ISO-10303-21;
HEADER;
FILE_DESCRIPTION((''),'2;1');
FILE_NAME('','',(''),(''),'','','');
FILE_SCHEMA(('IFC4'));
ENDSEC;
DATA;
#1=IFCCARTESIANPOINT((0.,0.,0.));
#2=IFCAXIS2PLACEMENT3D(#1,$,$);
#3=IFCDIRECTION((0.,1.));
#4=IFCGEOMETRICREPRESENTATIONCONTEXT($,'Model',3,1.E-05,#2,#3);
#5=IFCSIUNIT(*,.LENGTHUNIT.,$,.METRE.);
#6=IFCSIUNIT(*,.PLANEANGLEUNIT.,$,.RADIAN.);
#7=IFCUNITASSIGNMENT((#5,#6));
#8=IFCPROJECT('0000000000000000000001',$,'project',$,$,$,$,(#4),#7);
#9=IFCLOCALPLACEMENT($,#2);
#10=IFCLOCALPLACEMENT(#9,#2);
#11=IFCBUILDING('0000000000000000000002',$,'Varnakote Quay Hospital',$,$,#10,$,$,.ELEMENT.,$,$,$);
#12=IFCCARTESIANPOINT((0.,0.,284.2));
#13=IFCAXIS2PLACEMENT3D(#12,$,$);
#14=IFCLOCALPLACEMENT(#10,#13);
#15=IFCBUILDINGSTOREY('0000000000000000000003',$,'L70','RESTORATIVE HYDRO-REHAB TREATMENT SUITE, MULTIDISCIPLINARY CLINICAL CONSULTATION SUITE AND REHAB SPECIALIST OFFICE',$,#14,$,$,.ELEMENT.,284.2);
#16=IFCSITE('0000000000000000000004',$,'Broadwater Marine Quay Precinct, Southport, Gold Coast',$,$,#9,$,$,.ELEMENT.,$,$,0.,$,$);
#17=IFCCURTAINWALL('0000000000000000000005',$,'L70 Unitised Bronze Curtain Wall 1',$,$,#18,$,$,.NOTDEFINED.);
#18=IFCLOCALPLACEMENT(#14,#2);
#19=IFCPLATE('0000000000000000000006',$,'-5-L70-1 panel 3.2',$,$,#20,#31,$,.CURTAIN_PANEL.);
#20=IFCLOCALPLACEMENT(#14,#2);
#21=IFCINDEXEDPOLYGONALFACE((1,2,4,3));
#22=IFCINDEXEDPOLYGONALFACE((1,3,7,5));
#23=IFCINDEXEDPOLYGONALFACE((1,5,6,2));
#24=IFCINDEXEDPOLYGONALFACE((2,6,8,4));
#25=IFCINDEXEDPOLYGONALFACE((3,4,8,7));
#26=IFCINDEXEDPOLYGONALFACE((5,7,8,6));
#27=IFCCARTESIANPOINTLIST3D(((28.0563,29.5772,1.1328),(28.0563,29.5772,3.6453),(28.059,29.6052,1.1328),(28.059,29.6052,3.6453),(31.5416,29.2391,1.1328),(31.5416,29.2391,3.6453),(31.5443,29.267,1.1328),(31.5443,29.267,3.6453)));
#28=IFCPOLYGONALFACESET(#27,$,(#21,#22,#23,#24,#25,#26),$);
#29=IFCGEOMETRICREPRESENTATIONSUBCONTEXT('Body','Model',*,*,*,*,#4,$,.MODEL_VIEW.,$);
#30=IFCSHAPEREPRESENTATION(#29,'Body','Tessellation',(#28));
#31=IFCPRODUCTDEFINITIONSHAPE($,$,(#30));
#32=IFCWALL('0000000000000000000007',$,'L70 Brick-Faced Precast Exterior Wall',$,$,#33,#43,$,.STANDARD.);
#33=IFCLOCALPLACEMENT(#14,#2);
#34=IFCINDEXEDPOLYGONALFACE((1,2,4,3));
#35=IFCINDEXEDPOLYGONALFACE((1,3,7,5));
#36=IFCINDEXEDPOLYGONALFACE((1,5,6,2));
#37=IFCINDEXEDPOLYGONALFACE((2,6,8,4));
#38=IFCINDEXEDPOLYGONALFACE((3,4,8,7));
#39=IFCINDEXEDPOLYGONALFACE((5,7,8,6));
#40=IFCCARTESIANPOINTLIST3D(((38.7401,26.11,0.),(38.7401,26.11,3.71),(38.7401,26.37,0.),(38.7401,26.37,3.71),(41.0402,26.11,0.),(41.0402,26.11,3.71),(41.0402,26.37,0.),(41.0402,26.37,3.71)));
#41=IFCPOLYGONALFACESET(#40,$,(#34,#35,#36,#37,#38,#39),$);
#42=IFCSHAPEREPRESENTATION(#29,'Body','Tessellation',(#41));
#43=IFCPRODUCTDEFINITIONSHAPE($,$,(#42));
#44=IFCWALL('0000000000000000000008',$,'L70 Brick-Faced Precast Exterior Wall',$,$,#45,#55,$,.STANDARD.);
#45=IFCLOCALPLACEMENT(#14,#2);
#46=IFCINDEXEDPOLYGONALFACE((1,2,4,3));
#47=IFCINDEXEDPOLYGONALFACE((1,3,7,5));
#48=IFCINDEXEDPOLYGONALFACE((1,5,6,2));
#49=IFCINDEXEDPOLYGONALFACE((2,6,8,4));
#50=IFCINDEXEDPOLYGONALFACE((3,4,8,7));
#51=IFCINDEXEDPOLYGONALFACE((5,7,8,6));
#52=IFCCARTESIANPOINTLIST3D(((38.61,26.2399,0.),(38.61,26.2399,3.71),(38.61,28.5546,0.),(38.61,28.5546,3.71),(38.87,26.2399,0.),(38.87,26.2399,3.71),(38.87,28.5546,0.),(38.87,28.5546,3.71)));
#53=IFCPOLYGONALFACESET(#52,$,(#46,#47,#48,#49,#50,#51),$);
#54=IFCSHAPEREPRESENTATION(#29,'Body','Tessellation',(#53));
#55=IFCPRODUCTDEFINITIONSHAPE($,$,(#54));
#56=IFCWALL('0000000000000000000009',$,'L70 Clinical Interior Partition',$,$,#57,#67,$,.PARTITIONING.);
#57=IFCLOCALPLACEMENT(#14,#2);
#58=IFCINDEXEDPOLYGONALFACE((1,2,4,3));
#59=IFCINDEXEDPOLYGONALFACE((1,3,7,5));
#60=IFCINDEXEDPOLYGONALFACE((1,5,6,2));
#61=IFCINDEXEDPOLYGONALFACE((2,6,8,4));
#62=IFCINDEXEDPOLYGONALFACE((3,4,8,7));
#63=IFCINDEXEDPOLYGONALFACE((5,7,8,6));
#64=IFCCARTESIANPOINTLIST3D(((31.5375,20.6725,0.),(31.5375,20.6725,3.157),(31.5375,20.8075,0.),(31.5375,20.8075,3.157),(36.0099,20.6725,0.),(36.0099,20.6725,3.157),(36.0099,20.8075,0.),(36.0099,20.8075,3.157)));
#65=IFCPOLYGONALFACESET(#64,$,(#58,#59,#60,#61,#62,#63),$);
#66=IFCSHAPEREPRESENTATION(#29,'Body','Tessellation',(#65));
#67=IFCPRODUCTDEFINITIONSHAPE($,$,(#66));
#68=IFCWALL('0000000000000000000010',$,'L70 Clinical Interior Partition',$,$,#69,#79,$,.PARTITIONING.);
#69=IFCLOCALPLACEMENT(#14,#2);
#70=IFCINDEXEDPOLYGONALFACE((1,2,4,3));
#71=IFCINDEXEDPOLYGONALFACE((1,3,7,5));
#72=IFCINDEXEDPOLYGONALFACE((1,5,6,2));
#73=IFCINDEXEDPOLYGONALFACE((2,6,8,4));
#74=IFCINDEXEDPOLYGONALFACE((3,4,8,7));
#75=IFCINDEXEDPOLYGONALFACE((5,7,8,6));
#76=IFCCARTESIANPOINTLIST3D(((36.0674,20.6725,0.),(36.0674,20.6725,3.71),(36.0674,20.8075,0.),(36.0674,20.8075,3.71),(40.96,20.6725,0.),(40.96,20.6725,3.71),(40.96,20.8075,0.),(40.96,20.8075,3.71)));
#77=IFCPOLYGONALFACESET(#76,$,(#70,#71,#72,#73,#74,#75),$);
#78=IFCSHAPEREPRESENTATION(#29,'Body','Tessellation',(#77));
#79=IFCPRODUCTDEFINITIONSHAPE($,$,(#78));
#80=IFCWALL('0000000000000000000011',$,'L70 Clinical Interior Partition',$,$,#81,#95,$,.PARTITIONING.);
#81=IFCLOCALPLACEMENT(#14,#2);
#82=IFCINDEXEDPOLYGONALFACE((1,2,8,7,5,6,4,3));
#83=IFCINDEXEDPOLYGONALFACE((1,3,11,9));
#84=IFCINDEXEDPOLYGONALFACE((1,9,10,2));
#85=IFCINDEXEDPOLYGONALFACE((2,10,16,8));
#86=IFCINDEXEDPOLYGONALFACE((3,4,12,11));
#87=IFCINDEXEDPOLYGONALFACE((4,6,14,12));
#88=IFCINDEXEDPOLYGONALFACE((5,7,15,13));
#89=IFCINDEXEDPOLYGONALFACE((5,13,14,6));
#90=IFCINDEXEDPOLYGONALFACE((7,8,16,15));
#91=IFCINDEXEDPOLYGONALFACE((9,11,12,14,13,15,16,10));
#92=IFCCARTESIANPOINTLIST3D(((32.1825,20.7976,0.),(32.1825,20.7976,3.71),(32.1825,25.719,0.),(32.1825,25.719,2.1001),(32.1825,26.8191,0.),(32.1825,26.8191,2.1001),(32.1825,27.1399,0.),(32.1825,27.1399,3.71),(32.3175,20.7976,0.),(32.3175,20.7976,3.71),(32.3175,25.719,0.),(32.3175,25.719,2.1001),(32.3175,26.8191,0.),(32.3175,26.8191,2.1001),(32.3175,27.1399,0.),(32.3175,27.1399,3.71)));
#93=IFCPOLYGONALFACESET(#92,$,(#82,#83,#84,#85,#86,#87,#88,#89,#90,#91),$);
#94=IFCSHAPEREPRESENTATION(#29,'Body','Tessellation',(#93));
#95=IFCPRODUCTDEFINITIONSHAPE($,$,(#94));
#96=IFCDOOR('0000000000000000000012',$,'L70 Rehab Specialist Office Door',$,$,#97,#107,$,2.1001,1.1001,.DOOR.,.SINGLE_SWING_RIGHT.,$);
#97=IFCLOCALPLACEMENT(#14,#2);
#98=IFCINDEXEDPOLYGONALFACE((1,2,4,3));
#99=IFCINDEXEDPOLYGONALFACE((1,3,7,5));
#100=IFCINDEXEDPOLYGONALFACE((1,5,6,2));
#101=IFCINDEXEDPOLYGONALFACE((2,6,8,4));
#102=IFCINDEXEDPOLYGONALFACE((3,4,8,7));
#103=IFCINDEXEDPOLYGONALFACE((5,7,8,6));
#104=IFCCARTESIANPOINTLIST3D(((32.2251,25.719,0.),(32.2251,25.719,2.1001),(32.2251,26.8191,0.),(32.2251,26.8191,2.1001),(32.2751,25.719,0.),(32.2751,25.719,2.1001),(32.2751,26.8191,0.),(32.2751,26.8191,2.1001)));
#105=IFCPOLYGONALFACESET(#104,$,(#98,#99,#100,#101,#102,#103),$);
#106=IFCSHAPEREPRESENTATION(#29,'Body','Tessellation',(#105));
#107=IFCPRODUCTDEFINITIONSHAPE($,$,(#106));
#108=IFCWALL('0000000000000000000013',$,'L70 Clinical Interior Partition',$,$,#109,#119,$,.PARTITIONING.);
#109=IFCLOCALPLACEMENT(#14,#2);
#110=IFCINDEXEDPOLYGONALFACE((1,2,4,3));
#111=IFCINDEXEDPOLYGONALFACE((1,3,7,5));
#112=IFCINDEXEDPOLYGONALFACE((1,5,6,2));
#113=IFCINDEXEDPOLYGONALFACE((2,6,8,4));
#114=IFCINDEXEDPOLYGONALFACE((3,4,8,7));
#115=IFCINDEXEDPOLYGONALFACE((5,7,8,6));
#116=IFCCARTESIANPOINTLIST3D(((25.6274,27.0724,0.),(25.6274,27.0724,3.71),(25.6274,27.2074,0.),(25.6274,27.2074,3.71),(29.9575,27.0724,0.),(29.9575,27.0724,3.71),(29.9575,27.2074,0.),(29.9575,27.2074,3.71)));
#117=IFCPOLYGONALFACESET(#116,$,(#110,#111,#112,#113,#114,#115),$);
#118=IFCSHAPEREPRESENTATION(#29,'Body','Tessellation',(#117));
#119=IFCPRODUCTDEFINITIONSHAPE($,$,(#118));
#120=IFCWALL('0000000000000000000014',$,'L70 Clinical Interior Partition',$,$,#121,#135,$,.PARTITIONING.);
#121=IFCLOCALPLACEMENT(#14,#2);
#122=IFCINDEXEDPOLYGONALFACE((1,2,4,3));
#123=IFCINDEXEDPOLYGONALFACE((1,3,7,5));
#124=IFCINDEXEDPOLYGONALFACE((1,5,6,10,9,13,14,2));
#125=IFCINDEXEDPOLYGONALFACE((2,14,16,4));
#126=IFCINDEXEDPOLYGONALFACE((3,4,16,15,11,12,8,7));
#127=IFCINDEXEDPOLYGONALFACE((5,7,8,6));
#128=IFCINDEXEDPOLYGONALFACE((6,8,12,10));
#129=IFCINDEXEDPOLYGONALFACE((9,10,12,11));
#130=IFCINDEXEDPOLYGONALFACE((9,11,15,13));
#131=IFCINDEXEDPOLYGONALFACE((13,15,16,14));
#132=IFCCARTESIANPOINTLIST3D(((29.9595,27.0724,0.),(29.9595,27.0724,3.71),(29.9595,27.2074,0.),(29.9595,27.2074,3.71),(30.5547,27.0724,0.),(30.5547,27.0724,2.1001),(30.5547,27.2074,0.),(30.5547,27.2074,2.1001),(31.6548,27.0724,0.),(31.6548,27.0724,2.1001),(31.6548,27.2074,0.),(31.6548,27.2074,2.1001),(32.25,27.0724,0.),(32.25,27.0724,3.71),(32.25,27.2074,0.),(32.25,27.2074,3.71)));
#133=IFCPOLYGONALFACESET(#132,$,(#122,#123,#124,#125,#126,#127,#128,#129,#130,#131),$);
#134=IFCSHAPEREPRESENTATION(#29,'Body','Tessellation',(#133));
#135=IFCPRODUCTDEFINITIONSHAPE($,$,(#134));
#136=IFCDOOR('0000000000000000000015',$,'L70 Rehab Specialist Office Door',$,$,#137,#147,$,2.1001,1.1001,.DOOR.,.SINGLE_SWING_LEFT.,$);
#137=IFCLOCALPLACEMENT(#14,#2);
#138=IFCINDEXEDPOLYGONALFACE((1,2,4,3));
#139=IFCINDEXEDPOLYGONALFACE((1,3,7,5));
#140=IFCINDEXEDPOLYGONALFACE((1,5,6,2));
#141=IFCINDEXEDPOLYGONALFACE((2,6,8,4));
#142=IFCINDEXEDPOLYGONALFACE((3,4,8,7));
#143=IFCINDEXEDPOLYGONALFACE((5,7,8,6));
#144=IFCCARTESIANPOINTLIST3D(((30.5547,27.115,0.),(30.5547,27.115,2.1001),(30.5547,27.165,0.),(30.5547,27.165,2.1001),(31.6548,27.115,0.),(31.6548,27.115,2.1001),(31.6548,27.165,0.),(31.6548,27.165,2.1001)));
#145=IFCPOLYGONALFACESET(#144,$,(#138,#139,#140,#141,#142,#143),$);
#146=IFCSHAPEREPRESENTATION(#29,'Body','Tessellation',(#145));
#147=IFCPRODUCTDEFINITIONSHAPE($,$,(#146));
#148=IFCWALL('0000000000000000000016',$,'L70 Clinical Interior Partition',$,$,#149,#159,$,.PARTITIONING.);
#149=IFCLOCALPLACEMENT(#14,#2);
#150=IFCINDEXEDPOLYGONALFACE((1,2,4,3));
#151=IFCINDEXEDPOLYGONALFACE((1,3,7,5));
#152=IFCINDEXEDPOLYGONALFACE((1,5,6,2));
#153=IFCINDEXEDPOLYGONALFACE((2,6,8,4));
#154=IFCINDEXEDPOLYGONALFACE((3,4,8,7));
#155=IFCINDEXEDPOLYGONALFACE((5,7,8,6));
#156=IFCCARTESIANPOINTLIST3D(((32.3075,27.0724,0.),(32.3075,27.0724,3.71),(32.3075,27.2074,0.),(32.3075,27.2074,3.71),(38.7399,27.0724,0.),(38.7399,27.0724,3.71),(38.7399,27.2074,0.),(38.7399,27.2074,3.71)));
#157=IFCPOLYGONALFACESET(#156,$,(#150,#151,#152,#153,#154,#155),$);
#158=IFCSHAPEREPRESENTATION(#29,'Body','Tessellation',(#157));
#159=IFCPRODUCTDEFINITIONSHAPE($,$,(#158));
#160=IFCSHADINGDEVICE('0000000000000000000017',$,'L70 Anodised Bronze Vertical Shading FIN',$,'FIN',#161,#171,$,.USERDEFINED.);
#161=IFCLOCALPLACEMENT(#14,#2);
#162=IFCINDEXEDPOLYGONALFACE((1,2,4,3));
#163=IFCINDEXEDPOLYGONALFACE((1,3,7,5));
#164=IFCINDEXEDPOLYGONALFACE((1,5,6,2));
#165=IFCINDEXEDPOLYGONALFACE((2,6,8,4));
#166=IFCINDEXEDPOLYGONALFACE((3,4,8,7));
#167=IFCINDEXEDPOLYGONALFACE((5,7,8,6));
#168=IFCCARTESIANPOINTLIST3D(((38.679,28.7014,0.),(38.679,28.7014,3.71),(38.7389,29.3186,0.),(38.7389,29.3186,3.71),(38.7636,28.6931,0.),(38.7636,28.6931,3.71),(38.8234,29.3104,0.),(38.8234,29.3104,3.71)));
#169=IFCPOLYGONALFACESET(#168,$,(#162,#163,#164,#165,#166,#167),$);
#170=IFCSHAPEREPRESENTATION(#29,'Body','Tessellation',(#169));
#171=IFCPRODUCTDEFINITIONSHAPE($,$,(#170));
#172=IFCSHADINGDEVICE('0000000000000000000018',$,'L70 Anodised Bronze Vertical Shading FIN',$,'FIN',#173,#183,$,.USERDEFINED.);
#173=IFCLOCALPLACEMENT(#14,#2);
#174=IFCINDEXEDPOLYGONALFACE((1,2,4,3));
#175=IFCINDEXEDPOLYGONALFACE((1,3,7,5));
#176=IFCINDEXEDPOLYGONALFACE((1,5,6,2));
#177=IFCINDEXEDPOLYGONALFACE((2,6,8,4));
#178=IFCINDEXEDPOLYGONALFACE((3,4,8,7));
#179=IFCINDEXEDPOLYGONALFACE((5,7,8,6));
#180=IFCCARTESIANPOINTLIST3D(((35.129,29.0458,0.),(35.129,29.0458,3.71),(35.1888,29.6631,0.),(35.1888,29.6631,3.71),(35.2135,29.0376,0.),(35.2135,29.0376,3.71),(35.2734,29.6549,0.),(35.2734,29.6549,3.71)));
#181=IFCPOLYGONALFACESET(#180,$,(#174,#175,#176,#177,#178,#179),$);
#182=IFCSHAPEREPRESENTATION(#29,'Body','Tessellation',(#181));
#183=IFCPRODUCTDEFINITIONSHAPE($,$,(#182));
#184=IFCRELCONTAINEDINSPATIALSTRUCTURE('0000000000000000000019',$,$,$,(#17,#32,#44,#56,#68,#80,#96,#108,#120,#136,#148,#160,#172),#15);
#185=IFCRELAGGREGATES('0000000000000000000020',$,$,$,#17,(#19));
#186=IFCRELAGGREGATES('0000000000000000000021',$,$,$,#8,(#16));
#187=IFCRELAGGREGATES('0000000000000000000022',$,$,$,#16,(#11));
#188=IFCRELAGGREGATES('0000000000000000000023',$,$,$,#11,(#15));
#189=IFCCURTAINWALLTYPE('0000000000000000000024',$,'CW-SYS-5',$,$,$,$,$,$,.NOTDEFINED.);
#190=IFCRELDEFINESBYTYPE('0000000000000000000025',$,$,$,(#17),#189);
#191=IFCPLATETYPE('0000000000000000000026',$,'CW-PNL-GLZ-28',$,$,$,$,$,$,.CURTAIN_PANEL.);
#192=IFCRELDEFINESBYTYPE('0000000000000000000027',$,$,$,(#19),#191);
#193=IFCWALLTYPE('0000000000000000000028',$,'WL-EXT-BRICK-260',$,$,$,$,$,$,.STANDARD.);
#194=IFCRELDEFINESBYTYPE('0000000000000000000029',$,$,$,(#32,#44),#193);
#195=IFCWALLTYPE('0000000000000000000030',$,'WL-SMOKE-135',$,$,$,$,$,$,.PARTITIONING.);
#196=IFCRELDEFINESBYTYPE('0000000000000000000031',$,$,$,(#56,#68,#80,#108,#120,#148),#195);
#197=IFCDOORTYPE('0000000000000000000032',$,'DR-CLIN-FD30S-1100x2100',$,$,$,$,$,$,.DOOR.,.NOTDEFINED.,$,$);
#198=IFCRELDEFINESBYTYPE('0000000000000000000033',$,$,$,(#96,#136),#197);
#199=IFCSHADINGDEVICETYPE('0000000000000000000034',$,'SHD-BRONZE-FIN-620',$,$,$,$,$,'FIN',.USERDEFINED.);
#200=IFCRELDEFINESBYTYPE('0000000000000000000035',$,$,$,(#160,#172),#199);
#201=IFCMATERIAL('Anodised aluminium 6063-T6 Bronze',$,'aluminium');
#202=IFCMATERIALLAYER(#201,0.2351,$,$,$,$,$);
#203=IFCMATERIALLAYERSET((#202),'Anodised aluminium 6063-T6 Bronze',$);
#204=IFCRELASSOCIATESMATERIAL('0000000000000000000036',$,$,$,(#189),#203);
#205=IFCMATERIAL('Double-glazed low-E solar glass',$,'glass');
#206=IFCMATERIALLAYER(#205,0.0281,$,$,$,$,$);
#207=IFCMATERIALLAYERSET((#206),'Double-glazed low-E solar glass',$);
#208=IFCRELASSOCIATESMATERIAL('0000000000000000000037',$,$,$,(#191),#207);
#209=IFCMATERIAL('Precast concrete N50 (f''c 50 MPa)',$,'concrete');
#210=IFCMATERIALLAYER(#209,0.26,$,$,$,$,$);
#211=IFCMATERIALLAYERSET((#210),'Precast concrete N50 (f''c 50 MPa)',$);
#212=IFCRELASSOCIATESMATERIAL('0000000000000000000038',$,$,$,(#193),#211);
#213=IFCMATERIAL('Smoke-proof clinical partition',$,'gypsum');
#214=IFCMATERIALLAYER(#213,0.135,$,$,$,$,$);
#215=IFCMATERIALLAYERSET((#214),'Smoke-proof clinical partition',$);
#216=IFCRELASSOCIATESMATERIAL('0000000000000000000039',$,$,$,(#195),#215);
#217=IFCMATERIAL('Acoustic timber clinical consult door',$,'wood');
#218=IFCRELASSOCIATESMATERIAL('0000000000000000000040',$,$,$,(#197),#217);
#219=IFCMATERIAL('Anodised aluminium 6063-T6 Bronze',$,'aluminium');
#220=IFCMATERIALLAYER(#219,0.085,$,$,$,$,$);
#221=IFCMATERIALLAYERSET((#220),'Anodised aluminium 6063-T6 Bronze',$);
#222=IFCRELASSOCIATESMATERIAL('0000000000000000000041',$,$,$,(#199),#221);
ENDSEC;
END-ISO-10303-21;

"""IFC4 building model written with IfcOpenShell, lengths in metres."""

from ifc_helpers import new_model, si_unit, direction, frame, frame_2d, origin, origin_2d, place, context, subcontext, project, spatial, rectangle, extrude, material, layer, layer_set, type_object, element, fill, aggregate, save


model = new_model("IFC4")

# Units and contexts
model_context = context("Model", 3, precision=1e-05, world=origin(), true_north=direction((0.0, 1.0)))
body_context = subcontext(model_context, "Body", "Model", "MODEL_VIEW")
ifc_project = project(units=[si_unit("LENGTHUNIT", "METRE"), si_unit("PLANEANGLEUNIT", "RADIAN")], contexts=[model_context])

# Site, building, storey
site_placement = place(None, origin())
site = spatial("IfcSite", under=ifc_project, at=site_placement, Name="Broadwater Marine Quay Precinct, Southport, Gold Coast", CompositionType="ELEMENT", RefElevation=0.0)
building_placement = place(site_placement, origin())
building = spatial("IfcBuilding", under=site, at=building_placement, Name="Varnakote Quay Hospital", CompositionType="ELEMENT")
storey_placement = place(building_placement, frame((0.0, 0.0, 284.2)))
storey = spatial("IfcBuildingStorey", under=building, at=storey_placement, Name="L70", Description="RESTORATIVE HYDRO-REHAB TREATMENT SUITE, MULTIDISCIPLINARY CLINICAL CONSULTATION SUITE AND REHAB SPECIALIST OFFICE", CompositionType="ELEMENT", Elevation=284.2)

# Curtain wall, plate
ifc_material_1 = material(Name="Anodised aluminium 6063-T6 Bronze", Category="aluminium")
ifc_layer_1 = layer(ifc_material_1, 0.2351)
ifc_layer_set_1 = layer_set([ifc_layer_1], Name="Anodised aluminium 6063-T6 Bronze")
curtain_wall_type = type_object("IfcCurtainWallType", Name="CW-SYS-5", PredefinedType="NOTDEFINED", material=ifc_layer_set_1)
curtain_wall_placement = place(storey_placement, origin())
curtain_wall = element("IfcCurtainWall", 1, at=curtain_wall_placement, inside=storey, type_object=curtain_wall_type, Name="L70 Unitised Bronze Curtain Wall 1", PredefinedType="NOTDEFINED")
ifc_material_2 = material(Name="Double-glazed low-E solar glass", Category="glass")
ifc_layer_2 = layer(ifc_material_2, 0.0281)
ifc_layer_set_2 = layer_set([ifc_layer_2], Name="Double-glazed low-E solar glass")
plate_type = type_object("IfcPlateType", Name="CW-PNL-GLZ-28", PredefinedType="CURTAIN_PANEL", material=ifc_layer_set_2)
plate_1_placement = place(storey_placement, frame((29.8003, 29.4221, 1.1328), z_axis=(0.0, 0.0, 1.0), x_axis=(-0.995326, 0.096569, 0.0)))
plate_1 = element("IfcPlate", 2, at=plate_1_placement, type_object=plate_type, Name="-5-L70-1 panel 3.2", PredefinedType="CURTAIN_PANEL", context=body_context, shape_type="SweptSolid", body=[
    extrude(rectangle(XDim=3.5017, YDim=0.0281, at=origin_2d()), origin(), (0.0, 0.0, 1.0), 2.5125),
])
aggregate(curtain_wall, [plate_1])

# Walls
ifc_material_3 = material(Name="Precast concrete N50 (f'c 50 MPa)", Category="concrete")
ifc_layer_3 = layer(ifc_material_3, 0.26)
ifc_layer_set_3 = layer_set([ifc_layer_3], Name="Precast concrete N50 (f'c 50 MPa)")
wall_type_1 = type_object("IfcWallType", Name="WL-EXT-BRICK-260", PredefinedType="STANDARD", material=ifc_layer_set_3)
wall_1_placement = place(storey_placement, frame((41.04, 26.24, 0.0), z_axis=(0.0, 0.0, 1.0), x_axis=(-1.0, 0.0, 0.0)))
element("IfcWall", 3, at=wall_1_placement, inside=storey, type_object=wall_type_1, Name="L70 Brick-Faced Precast Exterior Wall", PredefinedType="STANDARD", context=body_context, shape_type="SweptSolid", body=[
    extrude(rectangle(XDim=2.3, YDim=0.26, at=frame_2d((1.1499, 0.0))), origin(), (0.0, 0.0, 1.0), 3.71),
])
wall_2_placement = place(storey_placement, frame((38.74, 26.24, 0.0), z_axis=(0.0, 0.0, 1.0), x_axis=(0.0, 1.0, 0.0)))
element("IfcWall", 4, at=wall_2_placement, inside=storey, type_object=wall_type_1, Name="L70 Brick-Faced Precast Exterior Wall", PredefinedType="STANDARD", context=body_context, shape_type="SweptSolid", body=[
    extrude(rectangle(XDim=2.3147, YDim=0.26, at=frame_2d((1.1572, 0.0))), origin(), (0.0, 0.0, 1.0), 3.71),
])
ifc_material_4 = material(Name="Smoke-proof clinical partition", Category="gypsum")
ifc_layer_4 = layer(ifc_material_4, 0.135)
ifc_layer_set_4 = layer_set([ifc_layer_4], Name="Smoke-proof clinical partition")
wall_type_2 = type_object("IfcWallType", Name="WL-SMOKE-135", PredefinedType="PARTITIONING", material=ifc_layer_set_4)
wall_3_placement = place(storey_placement, frame((36.01, 20.74, 0.0), z_axis=(0.0, 0.0, 1.0), x_axis=(-1.0, 0.0, 0.0)))
element("IfcWall", 5, at=wall_3_placement, inside=storey, type_object=wall_type_2, Name="L70 Clinical Interior Partition", PredefinedType="PARTITIONING", context=body_context, shape_type="SweptSolid", body=[
    extrude(rectangle(XDim=4.4724, YDim=0.135, at=frame_2d((2.2363, 0.0))), origin(), (0.0, 0.0, 1.0), 3.157),
])
wall_4_placement = place(storey_placement, frame((40.96, 20.74, 0.0), z_axis=(0.0, 0.0, 1.0), x_axis=(-1.0, 0.0, 0.0)))
element("IfcWall", 6, at=wall_4_placement, inside=storey, type_object=wall_type_2, Name="L70 Clinical Interior Partition", PredefinedType="PARTITIONING", context=body_context, shape_type="SweptSolid", body=[
    extrude(rectangle(XDim=4.8926, YDim=0.135, at=frame_2d((2.4463, 0.0))), origin(), (0.0, 0.0, 1.0), 3.71),
])

# Wall, opening, door
wall_5_placement = place(storey_placement, frame((32.25, 20.7976, 0.0), z_axis=(0.0, 0.0, 1.0), x_axis=(0.0, 1.0, 0.0)))
wall_5 = element("IfcWall", 7, at=wall_5_placement, inside=storey, type_object=wall_type_2, Name="L70 Clinical Interior Partition", PredefinedType="PARTITIONING", context=body_context, shape_type="SweptSolid", body=[
    extrude(rectangle(XDim=6.3423, YDim=0.135, at=frame_2d((3.1711, 0.0))), origin(), (0.0, 0.0, 1.0), 3.71),
])
opening_1_placement = place(wall_5_placement, frame((4.9214, 0.0, 0.0)))
opening_1 = element("IfcOpeningElement", 8, at=opening_1_placement, cuts=wall_5, PredefinedType="OPENING", context=body_context, shape_type="SweptSolid", body=[
    extrude(rectangle(XDim=1.1001, YDim=2.1001, at=frame_2d((0.55, 1.05))), frame((0.0, 0.0774, 0.0), z_axis=(0.0, -1.0, 0.0), x_axis=(1.0, 0.0, 0.0)), (0.0, 0.0, 1.0), 0.155),
])
ifc_material_5 = material(Name="Acoustic timber clinical consult door", Category="wood")
door_type = type_object("IfcDoorType", Name="DR-CLIN-FD30S-1100x2100", OperationType="NOTDEFINED", PredefinedType="DOOR", material=ifc_material_5)
door_1_placement = place(opening_1_placement, origin())
door_1 = element("IfcDoor", 9, at=door_1_placement, inside=storey, type_object=door_type, Name="L70 Rehab Specialist Office Door", OperationType="SINGLE_SWING_RIGHT", OverallHeight=2.1001, OverallWidth=1.1001, PredefinedType="DOOR", context=body_context, shape_type="SweptSolid", body=[
    extrude(rectangle(XDim=1.1001, YDim=2.1001, at=frame_2d((0.55, 1.05))), frame((0.0, 0.0249, 0.0), z_axis=(0.0, -1.0, 0.0), x_axis=(1.0, 0.0, 0.0)), (0.0, 0.0, 1.0), 0.05),
])
fill(opening_1, door_1)

# Wall
wall_6_placement = place(storey_placement, frame((29.9575, 27.1399, 0.0), z_axis=(0.0, 0.0, 1.0), x_axis=(-1.0, 0.0, 0.0)))
element("IfcWall", 10, at=wall_6_placement, inside=storey, type_object=wall_type_2, Name="L70 Clinical Interior Partition", PredefinedType="PARTITIONING", context=body_context, shape_type="SweptSolid", body=[
    extrude(rectangle(XDim=4.3301, YDim=0.135, at=frame_2d((2.165, 0.0))), origin(), (0.0, 0.0, 1.0), 3.71),
])

# Wall, opening, door
wall_7_placement = place(storey_placement, frame((32.25, 27.1399, 0.0), z_axis=(0.0, 0.0, 1.0), x_axis=(-1.0, 0.0, 0.0)))
wall_7 = element("IfcWall", 11, at=wall_7_placement, inside=storey, type_object=wall_type_2, Name="L70 Clinical Interior Partition", PredefinedType="PARTITIONING", context=body_context, shape_type="SweptSolid", body=[
    extrude(rectangle(XDim=2.2905, YDim=0.135, at=frame_2d((1.1453, 0.0))), origin(), (0.0, 0.0, 1.0), 3.71),
])
opening_2_placement = place(wall_7_placement, frame((0.5952, 0.0, 0.0)))
opening_2 = element("IfcOpeningElement", 12, at=opening_2_placement, cuts=wall_7, PredefinedType="OPENING", context=body_context, shape_type="SweptSolid", body=[
    extrude(rectangle(XDim=1.1001, YDim=2.1001, at=frame_2d((0.55, 1.05))), frame((0.0, 0.0774, 0.0), z_axis=(0.0, -1.0, 0.0), x_axis=(1.0, 0.0, 0.0)), (0.0, 0.0, 1.0), 0.155),
])
door_2_placement = place(opening_2_placement, origin())
door_2 = element("IfcDoor", 13, at=door_2_placement, inside=storey, type_object=door_type, Name="L70 Rehab Specialist Office Door", OperationType="SINGLE_SWING_LEFT", OverallHeight=2.1001, OverallWidth=1.1001, PredefinedType="DOOR", context=body_context, shape_type="SweptSolid", body=[
    extrude(rectangle(XDim=1.1001, YDim=2.1001, at=frame_2d((0.55, 1.05))), frame((0.0, 0.0249, 0.0), z_axis=(0.0, -1.0, 0.0), x_axis=(1.0, 0.0, 0.0)), (0.0, 0.0, 1.0), 0.05),
])
fill(opening_2, door_2)

# Wall
wall_8_placement = place(storey_placement, frame((38.74, 27.1399, 0.0), z_axis=(0.0, 0.0, 1.0), x_axis=(-1.0, 0.0, 0.0)))
element("IfcWall", 14, at=wall_8_placement, inside=storey, type_object=wall_type_2, Name="L70 Clinical Interior Partition", PredefinedType="PARTITIONING", context=body_context, shape_type="SweptSolid", body=[
    extrude(rectangle(XDim=6.4324, YDim=0.135, at=frame_2d((3.2163, 0.0))), origin(), (0.0, 0.0, 1.0), 3.71),
])

# Shading devices
ifc_material_6 = material(Name="Anodised aluminium 6063-T6 Bronze", Category="aluminium")
ifc_layer_5 = layer(ifc_material_6, 0.085)
ifc_layer_set_5 = layer_set([ifc_layer_5], Name="Anodised aluminium 6063-T6 Bronze")
shading_device_type = type_object("IfcShadingDeviceType", Name="SHD-BRONZE-FIN-620", ElementType="FIN", PredefinedType="USERDEFINED", material=ifc_layer_set_5)
for number, where, z_axis, x_axis, name in (
    (15, (38.7512, 29.0059, 0.0), (0.0, 0.0, 1.0), (-0.096541, -0.995329, 0.0), "L70 Anodised Bronze Vertical Shading FIN"),
    (16, (35.2012, 29.3503, 0.0), (0.0, 0.0, 1.0), (-0.096541, -0.995329, 0.0), "L70 Anodised Bronze Vertical Shading FIN"),
):
    element("IfcShadingDevice", number, at=place(storey_placement, frame(where, z_axis=z_axis, x_axis=x_axis)), inside=storey, type_object=shading_device_type, Name=name, ObjectType="FIN", PredefinedType="USERDEFINED", context=body_context, shape_type="SweptSolid", body=[
        extrude(rectangle(XDim=0.6201, YDim=0.085, at=origin_2d()), origin(), (0.0, 0.0, 1.0), 3.71),
    ])

save(model, "model.ifc")
